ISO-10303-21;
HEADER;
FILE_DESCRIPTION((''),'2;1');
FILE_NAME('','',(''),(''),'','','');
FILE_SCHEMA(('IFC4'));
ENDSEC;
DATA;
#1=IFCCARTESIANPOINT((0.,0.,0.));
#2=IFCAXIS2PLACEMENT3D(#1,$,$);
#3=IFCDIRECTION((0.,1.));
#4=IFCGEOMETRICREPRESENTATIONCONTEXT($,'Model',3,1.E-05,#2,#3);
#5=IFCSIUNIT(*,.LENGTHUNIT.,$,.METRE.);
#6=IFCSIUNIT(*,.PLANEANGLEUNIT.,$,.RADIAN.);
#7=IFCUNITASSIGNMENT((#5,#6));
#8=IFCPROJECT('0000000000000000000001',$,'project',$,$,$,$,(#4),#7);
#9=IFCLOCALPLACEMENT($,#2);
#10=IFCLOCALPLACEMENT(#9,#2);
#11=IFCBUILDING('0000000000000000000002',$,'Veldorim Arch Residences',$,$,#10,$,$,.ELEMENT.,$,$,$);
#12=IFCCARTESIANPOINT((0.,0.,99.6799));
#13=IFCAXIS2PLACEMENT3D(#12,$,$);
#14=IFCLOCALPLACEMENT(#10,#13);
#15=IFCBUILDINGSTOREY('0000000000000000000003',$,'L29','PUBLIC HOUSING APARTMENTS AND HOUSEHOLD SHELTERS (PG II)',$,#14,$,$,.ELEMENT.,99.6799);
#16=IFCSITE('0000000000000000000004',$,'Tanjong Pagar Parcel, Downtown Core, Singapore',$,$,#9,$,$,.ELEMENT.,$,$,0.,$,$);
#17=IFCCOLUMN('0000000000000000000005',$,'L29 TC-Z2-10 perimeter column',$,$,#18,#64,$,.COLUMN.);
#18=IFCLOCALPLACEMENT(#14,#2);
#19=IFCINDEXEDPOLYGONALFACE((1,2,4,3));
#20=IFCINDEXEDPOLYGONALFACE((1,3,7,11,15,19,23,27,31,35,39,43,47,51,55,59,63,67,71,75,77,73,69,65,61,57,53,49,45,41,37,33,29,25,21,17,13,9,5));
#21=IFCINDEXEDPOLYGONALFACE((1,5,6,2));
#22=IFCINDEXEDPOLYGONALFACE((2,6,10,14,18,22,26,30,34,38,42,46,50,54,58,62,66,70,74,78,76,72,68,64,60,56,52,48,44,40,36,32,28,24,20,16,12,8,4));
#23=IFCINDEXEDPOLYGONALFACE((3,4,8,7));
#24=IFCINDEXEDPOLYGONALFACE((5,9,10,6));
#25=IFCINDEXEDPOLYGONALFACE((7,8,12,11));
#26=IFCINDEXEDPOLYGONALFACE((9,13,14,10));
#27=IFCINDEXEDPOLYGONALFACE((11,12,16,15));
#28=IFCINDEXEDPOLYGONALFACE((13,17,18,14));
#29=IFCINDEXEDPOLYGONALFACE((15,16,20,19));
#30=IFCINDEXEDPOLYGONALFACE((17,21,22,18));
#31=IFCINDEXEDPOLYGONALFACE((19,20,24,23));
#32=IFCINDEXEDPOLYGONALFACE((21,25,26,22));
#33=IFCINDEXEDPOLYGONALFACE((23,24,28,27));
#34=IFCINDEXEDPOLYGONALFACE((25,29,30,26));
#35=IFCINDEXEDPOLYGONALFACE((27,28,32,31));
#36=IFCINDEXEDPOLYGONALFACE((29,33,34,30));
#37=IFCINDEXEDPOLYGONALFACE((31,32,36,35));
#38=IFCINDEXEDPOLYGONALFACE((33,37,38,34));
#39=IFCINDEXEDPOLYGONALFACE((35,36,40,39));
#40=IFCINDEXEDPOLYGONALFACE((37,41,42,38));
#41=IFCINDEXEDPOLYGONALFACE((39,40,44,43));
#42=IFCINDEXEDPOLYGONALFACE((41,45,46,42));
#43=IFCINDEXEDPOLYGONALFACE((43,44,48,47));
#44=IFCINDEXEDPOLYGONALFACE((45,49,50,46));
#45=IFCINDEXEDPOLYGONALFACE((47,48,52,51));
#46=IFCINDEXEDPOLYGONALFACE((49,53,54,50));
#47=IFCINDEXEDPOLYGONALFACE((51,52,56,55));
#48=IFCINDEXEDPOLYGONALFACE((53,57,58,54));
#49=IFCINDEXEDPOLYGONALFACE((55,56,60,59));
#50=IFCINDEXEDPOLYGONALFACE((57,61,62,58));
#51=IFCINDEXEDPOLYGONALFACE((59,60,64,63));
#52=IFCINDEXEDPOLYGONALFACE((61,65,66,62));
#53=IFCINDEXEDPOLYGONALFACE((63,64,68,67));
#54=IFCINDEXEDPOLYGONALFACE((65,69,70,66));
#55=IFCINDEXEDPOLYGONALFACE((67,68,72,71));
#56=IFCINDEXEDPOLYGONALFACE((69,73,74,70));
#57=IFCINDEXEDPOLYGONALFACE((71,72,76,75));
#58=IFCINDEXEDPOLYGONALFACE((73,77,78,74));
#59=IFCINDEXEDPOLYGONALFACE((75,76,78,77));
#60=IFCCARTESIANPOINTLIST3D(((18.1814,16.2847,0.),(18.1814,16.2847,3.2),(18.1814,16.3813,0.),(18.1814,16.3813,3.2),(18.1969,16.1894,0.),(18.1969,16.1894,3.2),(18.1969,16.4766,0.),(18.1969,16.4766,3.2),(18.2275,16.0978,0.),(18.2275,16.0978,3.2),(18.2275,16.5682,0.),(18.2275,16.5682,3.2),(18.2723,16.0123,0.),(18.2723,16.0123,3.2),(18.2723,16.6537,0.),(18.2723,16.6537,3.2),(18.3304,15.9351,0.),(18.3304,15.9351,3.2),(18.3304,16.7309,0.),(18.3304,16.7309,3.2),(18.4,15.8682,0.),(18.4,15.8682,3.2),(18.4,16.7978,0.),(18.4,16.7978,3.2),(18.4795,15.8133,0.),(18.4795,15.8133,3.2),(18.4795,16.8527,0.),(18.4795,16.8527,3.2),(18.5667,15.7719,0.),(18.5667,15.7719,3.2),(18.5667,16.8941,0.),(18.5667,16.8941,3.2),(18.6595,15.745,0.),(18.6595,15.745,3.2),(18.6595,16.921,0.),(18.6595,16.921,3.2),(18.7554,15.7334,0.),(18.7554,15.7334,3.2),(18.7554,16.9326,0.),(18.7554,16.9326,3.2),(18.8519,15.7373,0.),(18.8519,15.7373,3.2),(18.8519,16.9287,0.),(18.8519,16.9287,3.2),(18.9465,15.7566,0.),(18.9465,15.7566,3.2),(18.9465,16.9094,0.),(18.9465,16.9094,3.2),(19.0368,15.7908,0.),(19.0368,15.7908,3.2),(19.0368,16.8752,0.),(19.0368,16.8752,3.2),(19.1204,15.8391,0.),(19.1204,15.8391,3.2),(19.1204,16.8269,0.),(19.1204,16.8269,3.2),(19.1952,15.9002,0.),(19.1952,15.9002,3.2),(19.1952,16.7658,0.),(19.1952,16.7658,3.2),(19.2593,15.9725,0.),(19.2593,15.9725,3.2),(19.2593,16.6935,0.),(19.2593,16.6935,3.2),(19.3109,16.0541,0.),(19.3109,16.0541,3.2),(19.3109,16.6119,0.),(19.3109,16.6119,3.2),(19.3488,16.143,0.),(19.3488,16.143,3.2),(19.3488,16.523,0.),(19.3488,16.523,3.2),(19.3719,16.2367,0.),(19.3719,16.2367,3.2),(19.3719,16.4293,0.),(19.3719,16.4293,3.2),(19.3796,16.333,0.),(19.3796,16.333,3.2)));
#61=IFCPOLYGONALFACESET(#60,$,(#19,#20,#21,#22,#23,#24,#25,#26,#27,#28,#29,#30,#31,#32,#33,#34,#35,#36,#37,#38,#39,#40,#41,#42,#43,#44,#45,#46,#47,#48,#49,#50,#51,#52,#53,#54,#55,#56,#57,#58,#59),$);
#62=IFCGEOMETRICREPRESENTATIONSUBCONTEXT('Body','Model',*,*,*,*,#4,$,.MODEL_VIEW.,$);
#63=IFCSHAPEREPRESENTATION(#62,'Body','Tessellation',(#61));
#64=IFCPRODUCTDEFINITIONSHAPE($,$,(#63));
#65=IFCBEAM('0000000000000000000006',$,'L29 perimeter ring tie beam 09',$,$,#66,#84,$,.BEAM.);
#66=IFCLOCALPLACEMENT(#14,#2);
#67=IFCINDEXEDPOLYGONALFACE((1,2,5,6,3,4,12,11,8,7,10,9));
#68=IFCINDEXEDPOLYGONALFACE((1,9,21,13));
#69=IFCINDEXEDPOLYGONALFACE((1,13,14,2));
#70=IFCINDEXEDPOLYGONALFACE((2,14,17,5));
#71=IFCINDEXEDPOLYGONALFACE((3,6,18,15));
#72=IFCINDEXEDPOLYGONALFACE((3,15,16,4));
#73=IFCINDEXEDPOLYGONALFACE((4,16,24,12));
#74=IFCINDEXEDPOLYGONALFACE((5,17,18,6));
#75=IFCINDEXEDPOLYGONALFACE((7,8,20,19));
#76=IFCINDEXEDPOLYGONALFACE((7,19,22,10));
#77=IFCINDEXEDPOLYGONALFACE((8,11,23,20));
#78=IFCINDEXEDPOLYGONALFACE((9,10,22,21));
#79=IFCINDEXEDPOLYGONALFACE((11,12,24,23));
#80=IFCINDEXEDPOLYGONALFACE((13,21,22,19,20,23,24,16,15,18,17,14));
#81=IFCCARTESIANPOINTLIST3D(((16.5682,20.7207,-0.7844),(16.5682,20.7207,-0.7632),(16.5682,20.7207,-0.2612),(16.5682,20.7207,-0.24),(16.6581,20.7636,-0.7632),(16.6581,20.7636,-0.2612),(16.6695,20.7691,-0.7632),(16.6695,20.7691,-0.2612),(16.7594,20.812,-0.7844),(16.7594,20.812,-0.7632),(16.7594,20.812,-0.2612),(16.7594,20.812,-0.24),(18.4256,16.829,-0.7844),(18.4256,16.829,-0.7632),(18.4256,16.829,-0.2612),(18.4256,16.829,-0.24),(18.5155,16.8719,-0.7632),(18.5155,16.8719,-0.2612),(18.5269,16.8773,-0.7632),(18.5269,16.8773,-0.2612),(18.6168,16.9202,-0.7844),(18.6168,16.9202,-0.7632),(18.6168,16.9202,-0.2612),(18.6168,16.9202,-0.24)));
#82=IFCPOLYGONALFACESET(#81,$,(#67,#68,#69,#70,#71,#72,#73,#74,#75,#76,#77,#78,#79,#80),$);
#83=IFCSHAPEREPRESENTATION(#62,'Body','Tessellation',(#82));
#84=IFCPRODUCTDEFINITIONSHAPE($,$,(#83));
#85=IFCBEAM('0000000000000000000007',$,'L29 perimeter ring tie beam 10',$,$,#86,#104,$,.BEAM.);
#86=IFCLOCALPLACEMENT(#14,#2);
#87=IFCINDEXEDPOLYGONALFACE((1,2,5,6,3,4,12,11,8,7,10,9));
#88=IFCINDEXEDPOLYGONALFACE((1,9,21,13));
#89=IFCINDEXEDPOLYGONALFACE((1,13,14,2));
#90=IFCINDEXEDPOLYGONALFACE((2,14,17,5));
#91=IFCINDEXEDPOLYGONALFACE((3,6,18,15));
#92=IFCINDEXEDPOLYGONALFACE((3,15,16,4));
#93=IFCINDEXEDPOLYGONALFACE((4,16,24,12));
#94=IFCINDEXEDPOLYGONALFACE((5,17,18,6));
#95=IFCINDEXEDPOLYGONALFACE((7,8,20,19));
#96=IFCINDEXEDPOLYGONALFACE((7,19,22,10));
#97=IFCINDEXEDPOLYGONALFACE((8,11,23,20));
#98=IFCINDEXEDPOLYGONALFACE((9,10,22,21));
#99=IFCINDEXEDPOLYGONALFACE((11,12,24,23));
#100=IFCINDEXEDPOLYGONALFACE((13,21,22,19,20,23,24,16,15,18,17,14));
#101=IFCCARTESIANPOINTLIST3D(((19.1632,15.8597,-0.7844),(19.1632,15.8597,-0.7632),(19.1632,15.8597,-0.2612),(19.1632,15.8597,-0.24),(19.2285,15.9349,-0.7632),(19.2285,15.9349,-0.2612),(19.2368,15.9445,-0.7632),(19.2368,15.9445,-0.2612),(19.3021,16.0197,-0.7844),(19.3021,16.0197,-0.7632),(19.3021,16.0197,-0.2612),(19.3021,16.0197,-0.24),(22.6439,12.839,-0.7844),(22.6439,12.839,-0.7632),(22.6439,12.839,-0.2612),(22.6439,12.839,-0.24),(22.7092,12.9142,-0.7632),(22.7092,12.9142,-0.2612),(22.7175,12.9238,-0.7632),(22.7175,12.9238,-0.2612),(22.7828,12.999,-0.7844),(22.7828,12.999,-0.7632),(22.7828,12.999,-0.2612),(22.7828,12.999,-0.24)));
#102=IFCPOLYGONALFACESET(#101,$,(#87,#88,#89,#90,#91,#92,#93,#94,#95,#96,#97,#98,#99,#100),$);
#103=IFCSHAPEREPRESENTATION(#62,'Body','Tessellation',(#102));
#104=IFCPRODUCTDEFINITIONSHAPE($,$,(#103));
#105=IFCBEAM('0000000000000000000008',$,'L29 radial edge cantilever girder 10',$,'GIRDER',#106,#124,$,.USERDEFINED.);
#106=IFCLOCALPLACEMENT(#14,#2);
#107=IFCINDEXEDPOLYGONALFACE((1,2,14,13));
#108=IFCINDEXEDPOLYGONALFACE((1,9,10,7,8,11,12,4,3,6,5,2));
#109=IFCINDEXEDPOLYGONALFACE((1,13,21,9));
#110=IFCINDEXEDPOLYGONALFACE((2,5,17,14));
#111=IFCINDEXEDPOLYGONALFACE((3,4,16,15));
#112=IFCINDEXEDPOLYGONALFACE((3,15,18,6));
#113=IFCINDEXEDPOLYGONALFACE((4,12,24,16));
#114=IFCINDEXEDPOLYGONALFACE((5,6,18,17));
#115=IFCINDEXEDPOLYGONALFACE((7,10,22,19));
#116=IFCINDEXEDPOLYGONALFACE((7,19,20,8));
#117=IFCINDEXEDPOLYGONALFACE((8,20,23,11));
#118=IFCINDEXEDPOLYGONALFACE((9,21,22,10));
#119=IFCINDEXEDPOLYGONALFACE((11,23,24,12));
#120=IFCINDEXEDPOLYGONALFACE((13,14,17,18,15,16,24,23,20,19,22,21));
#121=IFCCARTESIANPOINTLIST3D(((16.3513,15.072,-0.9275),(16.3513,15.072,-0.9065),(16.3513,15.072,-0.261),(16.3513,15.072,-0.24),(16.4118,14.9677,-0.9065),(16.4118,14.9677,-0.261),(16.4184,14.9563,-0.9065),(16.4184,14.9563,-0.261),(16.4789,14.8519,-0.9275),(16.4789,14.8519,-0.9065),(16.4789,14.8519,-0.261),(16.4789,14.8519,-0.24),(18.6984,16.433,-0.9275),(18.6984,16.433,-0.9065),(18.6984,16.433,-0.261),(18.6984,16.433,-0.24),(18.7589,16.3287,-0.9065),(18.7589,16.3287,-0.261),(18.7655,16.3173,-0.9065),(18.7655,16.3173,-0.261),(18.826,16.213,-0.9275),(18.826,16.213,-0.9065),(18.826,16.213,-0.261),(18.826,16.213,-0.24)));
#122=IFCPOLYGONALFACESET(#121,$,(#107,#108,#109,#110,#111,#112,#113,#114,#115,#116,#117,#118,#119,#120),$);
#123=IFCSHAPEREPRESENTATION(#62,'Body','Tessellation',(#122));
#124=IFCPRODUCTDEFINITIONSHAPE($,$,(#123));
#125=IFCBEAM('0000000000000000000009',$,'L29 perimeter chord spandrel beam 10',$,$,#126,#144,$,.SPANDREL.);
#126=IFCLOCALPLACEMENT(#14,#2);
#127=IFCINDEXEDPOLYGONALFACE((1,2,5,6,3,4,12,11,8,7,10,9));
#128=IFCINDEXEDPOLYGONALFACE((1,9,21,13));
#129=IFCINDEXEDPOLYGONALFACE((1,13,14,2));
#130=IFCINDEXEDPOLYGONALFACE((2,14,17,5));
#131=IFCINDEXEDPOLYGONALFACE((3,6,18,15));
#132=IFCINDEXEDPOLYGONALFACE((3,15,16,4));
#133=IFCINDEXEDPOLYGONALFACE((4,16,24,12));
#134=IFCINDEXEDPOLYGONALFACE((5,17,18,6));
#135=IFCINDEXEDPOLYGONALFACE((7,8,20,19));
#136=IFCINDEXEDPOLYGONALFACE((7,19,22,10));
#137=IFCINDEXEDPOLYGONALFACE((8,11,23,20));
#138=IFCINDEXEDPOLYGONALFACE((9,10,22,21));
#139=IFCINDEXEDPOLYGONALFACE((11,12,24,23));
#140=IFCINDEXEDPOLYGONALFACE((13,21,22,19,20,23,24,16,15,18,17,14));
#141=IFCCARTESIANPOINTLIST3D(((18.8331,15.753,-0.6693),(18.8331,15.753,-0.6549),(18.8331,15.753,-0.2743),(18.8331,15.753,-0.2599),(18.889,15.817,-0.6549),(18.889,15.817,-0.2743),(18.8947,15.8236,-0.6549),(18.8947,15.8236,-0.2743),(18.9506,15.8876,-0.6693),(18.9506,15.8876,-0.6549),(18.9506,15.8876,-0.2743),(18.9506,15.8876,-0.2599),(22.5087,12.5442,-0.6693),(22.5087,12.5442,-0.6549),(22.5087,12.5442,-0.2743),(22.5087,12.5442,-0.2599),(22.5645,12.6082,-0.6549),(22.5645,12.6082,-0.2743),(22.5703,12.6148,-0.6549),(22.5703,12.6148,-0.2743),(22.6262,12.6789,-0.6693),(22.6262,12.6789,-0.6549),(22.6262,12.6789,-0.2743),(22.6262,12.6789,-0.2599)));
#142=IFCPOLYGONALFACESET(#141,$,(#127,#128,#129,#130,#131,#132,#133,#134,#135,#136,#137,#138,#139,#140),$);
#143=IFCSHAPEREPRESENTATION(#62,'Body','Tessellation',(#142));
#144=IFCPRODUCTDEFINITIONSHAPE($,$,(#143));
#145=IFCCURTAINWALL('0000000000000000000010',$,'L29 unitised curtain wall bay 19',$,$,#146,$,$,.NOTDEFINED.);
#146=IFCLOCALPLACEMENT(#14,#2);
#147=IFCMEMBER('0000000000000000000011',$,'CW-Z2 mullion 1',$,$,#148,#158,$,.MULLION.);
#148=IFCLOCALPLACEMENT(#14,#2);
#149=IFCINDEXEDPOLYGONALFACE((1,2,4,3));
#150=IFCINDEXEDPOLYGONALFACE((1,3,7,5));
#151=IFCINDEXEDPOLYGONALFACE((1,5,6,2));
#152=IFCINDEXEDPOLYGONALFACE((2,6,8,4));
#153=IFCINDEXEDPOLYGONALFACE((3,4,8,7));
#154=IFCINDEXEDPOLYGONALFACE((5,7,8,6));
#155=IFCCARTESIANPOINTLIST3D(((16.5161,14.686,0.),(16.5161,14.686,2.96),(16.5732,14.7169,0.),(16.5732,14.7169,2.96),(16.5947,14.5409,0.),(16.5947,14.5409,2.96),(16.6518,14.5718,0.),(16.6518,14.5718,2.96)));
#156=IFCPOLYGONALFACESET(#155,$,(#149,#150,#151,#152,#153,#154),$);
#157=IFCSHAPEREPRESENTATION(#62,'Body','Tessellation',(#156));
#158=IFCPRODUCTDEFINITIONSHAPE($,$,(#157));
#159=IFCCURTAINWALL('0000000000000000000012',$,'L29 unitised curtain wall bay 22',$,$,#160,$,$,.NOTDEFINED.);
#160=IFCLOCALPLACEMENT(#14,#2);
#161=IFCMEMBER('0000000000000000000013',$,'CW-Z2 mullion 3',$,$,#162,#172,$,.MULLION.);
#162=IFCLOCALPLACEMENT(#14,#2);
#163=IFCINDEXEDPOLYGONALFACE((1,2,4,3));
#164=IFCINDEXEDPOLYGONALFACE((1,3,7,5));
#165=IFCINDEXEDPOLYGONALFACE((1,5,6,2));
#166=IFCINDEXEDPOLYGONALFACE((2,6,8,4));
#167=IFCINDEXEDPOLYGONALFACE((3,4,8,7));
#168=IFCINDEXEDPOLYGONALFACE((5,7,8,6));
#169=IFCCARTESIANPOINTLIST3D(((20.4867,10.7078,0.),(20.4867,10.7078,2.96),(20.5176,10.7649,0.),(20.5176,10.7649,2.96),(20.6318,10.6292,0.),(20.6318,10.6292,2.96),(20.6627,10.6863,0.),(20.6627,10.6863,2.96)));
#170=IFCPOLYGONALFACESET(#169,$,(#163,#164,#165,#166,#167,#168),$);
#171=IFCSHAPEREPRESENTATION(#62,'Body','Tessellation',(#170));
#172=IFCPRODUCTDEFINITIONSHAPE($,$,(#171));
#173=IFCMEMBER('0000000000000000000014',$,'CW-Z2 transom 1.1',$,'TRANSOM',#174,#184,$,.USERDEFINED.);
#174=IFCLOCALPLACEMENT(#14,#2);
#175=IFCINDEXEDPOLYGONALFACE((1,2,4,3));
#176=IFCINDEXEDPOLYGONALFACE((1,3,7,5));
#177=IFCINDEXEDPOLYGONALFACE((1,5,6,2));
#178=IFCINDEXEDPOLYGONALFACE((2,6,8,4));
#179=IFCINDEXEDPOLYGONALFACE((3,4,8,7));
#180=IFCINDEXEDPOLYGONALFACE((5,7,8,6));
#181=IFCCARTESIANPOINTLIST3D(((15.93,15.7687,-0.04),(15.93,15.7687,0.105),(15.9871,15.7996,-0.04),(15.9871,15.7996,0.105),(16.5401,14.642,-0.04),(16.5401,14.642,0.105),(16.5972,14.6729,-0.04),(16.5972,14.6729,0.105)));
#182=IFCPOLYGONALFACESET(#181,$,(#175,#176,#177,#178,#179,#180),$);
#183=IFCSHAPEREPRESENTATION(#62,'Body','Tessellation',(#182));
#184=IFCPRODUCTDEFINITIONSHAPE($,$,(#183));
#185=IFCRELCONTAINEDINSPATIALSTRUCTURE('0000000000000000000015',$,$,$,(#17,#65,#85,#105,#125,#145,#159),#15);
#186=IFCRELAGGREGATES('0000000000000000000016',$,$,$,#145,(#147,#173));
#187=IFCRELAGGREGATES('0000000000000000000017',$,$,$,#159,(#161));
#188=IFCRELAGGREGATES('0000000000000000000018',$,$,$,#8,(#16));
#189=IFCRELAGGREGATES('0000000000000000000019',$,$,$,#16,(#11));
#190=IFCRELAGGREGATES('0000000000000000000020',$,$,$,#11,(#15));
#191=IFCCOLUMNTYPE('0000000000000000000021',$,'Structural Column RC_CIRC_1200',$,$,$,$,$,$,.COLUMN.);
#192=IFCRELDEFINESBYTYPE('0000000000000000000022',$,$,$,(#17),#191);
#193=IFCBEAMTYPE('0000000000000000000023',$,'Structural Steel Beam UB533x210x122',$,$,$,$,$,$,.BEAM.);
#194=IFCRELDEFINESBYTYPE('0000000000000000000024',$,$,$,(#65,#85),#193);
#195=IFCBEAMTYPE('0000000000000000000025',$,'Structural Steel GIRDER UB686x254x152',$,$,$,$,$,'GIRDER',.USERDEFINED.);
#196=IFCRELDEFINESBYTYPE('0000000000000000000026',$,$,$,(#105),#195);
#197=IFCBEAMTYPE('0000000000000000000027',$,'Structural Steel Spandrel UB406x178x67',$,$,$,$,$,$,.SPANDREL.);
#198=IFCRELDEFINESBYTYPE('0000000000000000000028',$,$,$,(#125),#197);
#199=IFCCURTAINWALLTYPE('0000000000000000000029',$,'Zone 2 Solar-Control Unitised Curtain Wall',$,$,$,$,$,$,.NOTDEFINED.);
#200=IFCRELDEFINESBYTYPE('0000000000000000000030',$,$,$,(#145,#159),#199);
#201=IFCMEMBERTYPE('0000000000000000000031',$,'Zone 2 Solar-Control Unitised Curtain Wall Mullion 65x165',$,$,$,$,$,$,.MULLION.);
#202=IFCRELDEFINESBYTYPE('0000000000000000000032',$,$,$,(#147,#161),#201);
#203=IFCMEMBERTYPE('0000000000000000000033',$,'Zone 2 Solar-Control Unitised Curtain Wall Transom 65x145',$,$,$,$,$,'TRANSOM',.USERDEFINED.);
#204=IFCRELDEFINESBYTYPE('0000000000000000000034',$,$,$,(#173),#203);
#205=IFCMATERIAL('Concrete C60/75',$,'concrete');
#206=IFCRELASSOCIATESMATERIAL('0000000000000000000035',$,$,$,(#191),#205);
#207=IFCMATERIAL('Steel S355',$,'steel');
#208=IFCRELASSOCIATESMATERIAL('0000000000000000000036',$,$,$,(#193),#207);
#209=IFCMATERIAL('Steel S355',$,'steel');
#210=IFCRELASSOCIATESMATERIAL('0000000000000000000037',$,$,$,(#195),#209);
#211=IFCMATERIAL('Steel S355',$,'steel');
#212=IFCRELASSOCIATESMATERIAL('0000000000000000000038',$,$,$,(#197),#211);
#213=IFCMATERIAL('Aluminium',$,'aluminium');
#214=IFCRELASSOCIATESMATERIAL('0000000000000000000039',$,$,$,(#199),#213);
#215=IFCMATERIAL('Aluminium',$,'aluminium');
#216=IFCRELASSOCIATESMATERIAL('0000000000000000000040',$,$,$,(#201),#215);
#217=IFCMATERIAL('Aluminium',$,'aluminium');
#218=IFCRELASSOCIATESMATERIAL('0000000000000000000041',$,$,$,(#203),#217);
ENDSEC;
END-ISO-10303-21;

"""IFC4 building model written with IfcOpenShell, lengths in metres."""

from ifc_helpers import new_model, si_unit, direction, frame, origin, origin_2d, place, context, subcontext, project, spatial, rectangle, circle, i_section, extrude, material, material_profile, profile_set, type_object, element, aggregate, save


model = new_model("IFC4")

# Units and contexts
model_context = context("Model", 3, precision=1e-05, world=origin(), true_north=direction((0.0, 1.0)))
body_context = subcontext(model_context, "Body", "Model", "MODEL_VIEW")
ifc_project = project(units=[si_unit("LENGTHUNIT", "METRE"), si_unit("PLANEANGLEUNIT", "RADIAN")], contexts=[model_context])

# Site, building, storey
site_placement = place(None, origin())
site = spatial("IfcSite", under=ifc_project, at=site_placement, Name="Tanjong Pagar Parcel, Downtown Core, Singapore", CompositionType="ELEMENT", RefElevation=0.0)
building_placement = place(site_placement, origin())
building = spatial("IfcBuilding", under=site, at=building_placement, Name="Veldorim Arch Residences", CompositionType="ELEMENT")
storey_placement = place(building_placement, frame((0.0, 0.0, 99.6799)))
storey = spatial("IfcBuildingStorey", under=building, at=storey_placement, Name="L29", Description="PUBLIC HOUSING APARTMENTS AND HOUSEHOLD SHELTERS (PG II)", CompositionType="ELEMENT", Elevation=99.6799)

# Column
ifc_material_1 = material(Name="Concrete C60/75", Category="concrete")
ifc_material_profile_1 = material_profile(ifc_material_1, circle(Radius=0.6001, at=origin_2d()), Name="RC_CIRC_1200")
ifc_profile_set_1 = profile_set([ifc_material_profile_1], Name="Concrete C60/75")
column_type = type_object("IfcColumnType", Name="Structural Column RC_CIRC_1200", PredefinedType="COLUMN", material=ifc_profile_set_1)
column_placement = place(storey_placement, frame((18.7795, 16.333, 0.0), z_axis=(0.0, 0.0, 1.0), x_axis=(1.0, 0.0, 0.0)))
element("IfcColumn", 1, at=column_placement, inside=storey, type_object=column_type, Name="L29 TC-Z2-10 perimeter column", PredefinedType="COLUMN", context=body_context, shape_type="SweptSolid", body=[
    extrude(circle(Radius=0.6001, at=origin_2d()), origin(), (0.0, 0.0, 1.0), 3.2),
])

# Beams
ifc_material_2 = material(Name="Steel S355", Category="steel")
ifc_material_profile_2 = material_profile(ifc_material_2, i_section(OverallWidth=0.2119, OverallDepth=0.5444, WebThickness=0.0127, FlangeThickness=0.0212, at=origin_2d()), Name="UB533x210x122")
ifc_profile_set_2 = profile_set([ifc_material_profile_2], Name="Steel S355")
beam_type_1 = type_object("IfcBeamType", Name="Structural Steel Beam UB533x210x122", PredefinedType="BEAM", material=ifc_profile_set_2)
beam_1_placement = place(storey_placement, frame((16.6638, 20.7664, -0.5122), z_axis=(0.43072, -0.902486, 0.0), x_axis=(0.902486, 0.43072, 0.0)))
element("IfcBeam", 2, at=beam_1_placement, inside=storey, type_object=beam_type_1, Name="L29 perimeter ring tie beam 09", PredefinedType="BEAM", context=body_context, shape_type="SweptSolid", body=[
    extrude(i_section(OverallWidth=0.2119, OverallDepth=0.5444, WebThickness=0.0127, FlangeThickness=0.0212, at=origin_2d()), origin(), (0.0, 0.0, 1.0), 4.3123),
])
beam_2_placement = place(storey_placement, frame((19.2327, 15.9397, -0.5122), z_axis=(0.755245, -0.655443, 0.0), x_axis=(0.655443, 0.755245, 0.0)))
element("IfcBeam", 3, at=beam_2_placement, inside=storey, type_object=beam_type_1, Name="L29 perimeter ring tie beam 10", PredefinedType="BEAM", context=body_context, shape_type="SweptSolid", body=[
    extrude(i_section(OverallWidth=0.2119, OverallDepth=0.5444, WebThickness=0.0127, FlangeThickness=0.0212, at=origin_2d()), origin(), (0.0, 0.0, 1.0), 4.6086),
])
ifc_material_3 = material(Name="Steel S355", Category="steel")
ifc_material_profile_3 = material_profile(ifc_material_3, i_section(OverallWidth=0.2544, OverallDepth=0.6875, WebThickness=0.0132, FlangeThickness=0.021, at=origin_2d()), Name="UB686x254x152")
ifc_profile_set_3 = profile_set([ifc_material_profile_3], Name="Steel S355")
beam_type_2 = type_object("IfcBeamType", Name="Structural Steel GIRDER UB686x254x152", ElementType="GIRDER", PredefinedType="USERDEFINED", material=ifc_profile_set_3)
beam_3_placement = place(storey_placement, frame((18.7622, 16.323, -0.5837), z_axis=(-0.865075, -0.501643, 0.0), x_axis=(0.501643, -0.865075, 0.0)))
element("IfcBeam", 4, at=beam_3_placement, inside=storey, type_object=beam_type_2, Name="L29 radial edge cantilever girder 10", ObjectType="GIRDER", PredefinedType="USERDEFINED", context=body_context, shape_type="SweptSolid", body=[
    extrude(i_section(OverallWidth=0.2544, OverallDepth=0.6875, WebThickness=0.0132, FlangeThickness=0.021, at=origin_2d()), origin(), (0.0, 0.0, 1.0), 2.7131),
])
ifc_material_4 = material(Name="Steel S355", Category="steel")
ifc_material_profile_4 = material_profile(ifc_material_4, i_section(OverallWidth=0.1787, OverallDepth=0.4094, WebThickness=0.0088, FlangeThickness=0.0144, at=origin_2d()), Name="UB406x178x67")
ifc_profile_set_4 = profile_set([ifc_material_profile_4], Name="Steel S355")
beam_type_3 = type_object("IfcBeamType", Name="Structural Steel Spandrel UB406x178x67", PredefinedType="SPANDREL", material=ifc_profile_set_4)
beam_4_placement = place(storey_placement, frame((18.8918, 15.8203, -0.4646), z_axis=(0.753323, -0.65765, 0.0), x_axis=(0.65765, 0.753323, 0.0)))
element("IfcBeam", 5, at=beam_4_placement, inside=storey, type_object=beam_type_3, Name="L29 perimeter chord spandrel beam 10", PredefinedType="SPANDREL", context=body_context, shape_type="SweptSolid", body=[
    extrude(i_section(OverallWidth=0.1787, OverallDepth=0.4094, WebThickness=0.0088, FlangeThickness=0.0144, at=origin_2d()), origin(), (0.0, 0.0, 1.0), 4.8792),
])

# Curtain walls, members
ifc_material_5 = material(Name="Aluminium", Category="aluminium")
curtain_wall_type = type_object("IfcCurtainWallType", Name="Zone 2 Solar-Control Unitised Curtain Wall", PredefinedType="NOTDEFINED", material=ifc_material_5)
curtain_wall_1_placement = place(storey_placement, origin())
curtain_wall_1 = element("IfcCurtainWall", 6, at=curtain_wall_1_placement, inside=storey, type_object=curtain_wall_type, Name="L29 unitised curtain wall bay 19", PredefinedType="NOTDEFINED")
ifc_material_6 = material(Name="Aluminium", Category="aluminium")
ifc_material_profile_5 = material_profile(ifc_material_6, rectangle(XDim=0.0649, YDim=0.165, at=origin_2d()), Name="ALU_MUL_65x165")
ifc_profile_set_5 = profile_set([ifc_material_profile_5], Name="Aluminium")
member_type_1 = type_object("IfcMemberType", Name="Zone 2 Solar-Control Unitised Curtain Wall Mullion 65x165", PredefinedType="MULLION", material=ifc_profile_set_5)
member_1_placement = place(storey_placement, frame((16.584, 14.6289, 0.0), z_axis=(0.0, 0.0, 1.0), x_axis=(-0.879366, -0.476146, 0.0)))
member_1 = element("IfcMember", 7, at=member_1_placement, type_object=member_type_1, Name="CW-Z2 mullion 1", PredefinedType="MULLION", context=body_context, shape_type="SweptSolid", body=[
    extrude(rectangle(XDim=0.0649, YDim=0.165, at=origin_2d()), origin(), (0.0, 0.0, 1.0), 2.96),
])
curtain_wall_2_placement = place(storey_placement, origin())
curtain_wall_2 = element("IfcCurtainWall", 8, at=curtain_wall_2_placement, inside=storey, type_object=curtain_wall_type, Name="L29 unitised curtain wall bay 22", PredefinedType="NOTDEFINED")
member_2_placement = place(storey_placement, frame((20.5747, 10.697, 0.0), z_axis=(0.0, 0.0, 1.0), x_axis=(-0.476096, -0.879393, 0.0)))
member_2 = element("IfcMember", 9, at=member_2_placement, type_object=member_type_1, Name="CW-Z2 mullion 3", PredefinedType="MULLION", context=body_context, shape_type="SweptSolid", body=[
    extrude(rectangle(XDim=0.0649, YDim=0.165, at=origin_2d()), origin(), (0.0, 0.0, 1.0), 2.96),
])

# Member
ifc_material_7 = material(Name="Aluminium", Category="aluminium")
ifc_material_profile_6 = material_profile(ifc_material_7, rectangle(XDim=0.0649, YDim=0.145, at=origin_2d()), Name="ALU_TRN_65x145")
ifc_profile_set_6 = profile_set([ifc_material_profile_6], Name="Aluminium")
member_type_2 = type_object("IfcMemberType", Name="Zone 2 Solar-Control Unitised Curtain Wall Transom 65x145", ElementType="TRANSOM", PredefinedType="USERDEFINED", material=ifc_profile_set_6)
member_3_placement = place(storey_placement, frame((16.5686, 14.6575, 0.0325), z_axis=(-0.476167, 0.879355, 0.0), x_axis=(-0.879355, -0.476167, 0.0)))
member_3 = element("IfcMember", 10, at=member_3_placement, type_object=member_type_2, Name="CW-Z2 transom 1.1", ObjectType="TRANSOM", PredefinedType="USERDEFINED", context=body_context, shape_type="SweptSolid", body=[
    extrude(rectangle(XDim=0.0649, YDim=0.145, at=origin_2d()), origin(), (0.0, 0.0, 1.0), 1.2812),
])
aggregate(curtain_wall_1, [member_1, member_3])

aggregate(curtain_wall_2, [member_2])

save(model, "model.ifc")
